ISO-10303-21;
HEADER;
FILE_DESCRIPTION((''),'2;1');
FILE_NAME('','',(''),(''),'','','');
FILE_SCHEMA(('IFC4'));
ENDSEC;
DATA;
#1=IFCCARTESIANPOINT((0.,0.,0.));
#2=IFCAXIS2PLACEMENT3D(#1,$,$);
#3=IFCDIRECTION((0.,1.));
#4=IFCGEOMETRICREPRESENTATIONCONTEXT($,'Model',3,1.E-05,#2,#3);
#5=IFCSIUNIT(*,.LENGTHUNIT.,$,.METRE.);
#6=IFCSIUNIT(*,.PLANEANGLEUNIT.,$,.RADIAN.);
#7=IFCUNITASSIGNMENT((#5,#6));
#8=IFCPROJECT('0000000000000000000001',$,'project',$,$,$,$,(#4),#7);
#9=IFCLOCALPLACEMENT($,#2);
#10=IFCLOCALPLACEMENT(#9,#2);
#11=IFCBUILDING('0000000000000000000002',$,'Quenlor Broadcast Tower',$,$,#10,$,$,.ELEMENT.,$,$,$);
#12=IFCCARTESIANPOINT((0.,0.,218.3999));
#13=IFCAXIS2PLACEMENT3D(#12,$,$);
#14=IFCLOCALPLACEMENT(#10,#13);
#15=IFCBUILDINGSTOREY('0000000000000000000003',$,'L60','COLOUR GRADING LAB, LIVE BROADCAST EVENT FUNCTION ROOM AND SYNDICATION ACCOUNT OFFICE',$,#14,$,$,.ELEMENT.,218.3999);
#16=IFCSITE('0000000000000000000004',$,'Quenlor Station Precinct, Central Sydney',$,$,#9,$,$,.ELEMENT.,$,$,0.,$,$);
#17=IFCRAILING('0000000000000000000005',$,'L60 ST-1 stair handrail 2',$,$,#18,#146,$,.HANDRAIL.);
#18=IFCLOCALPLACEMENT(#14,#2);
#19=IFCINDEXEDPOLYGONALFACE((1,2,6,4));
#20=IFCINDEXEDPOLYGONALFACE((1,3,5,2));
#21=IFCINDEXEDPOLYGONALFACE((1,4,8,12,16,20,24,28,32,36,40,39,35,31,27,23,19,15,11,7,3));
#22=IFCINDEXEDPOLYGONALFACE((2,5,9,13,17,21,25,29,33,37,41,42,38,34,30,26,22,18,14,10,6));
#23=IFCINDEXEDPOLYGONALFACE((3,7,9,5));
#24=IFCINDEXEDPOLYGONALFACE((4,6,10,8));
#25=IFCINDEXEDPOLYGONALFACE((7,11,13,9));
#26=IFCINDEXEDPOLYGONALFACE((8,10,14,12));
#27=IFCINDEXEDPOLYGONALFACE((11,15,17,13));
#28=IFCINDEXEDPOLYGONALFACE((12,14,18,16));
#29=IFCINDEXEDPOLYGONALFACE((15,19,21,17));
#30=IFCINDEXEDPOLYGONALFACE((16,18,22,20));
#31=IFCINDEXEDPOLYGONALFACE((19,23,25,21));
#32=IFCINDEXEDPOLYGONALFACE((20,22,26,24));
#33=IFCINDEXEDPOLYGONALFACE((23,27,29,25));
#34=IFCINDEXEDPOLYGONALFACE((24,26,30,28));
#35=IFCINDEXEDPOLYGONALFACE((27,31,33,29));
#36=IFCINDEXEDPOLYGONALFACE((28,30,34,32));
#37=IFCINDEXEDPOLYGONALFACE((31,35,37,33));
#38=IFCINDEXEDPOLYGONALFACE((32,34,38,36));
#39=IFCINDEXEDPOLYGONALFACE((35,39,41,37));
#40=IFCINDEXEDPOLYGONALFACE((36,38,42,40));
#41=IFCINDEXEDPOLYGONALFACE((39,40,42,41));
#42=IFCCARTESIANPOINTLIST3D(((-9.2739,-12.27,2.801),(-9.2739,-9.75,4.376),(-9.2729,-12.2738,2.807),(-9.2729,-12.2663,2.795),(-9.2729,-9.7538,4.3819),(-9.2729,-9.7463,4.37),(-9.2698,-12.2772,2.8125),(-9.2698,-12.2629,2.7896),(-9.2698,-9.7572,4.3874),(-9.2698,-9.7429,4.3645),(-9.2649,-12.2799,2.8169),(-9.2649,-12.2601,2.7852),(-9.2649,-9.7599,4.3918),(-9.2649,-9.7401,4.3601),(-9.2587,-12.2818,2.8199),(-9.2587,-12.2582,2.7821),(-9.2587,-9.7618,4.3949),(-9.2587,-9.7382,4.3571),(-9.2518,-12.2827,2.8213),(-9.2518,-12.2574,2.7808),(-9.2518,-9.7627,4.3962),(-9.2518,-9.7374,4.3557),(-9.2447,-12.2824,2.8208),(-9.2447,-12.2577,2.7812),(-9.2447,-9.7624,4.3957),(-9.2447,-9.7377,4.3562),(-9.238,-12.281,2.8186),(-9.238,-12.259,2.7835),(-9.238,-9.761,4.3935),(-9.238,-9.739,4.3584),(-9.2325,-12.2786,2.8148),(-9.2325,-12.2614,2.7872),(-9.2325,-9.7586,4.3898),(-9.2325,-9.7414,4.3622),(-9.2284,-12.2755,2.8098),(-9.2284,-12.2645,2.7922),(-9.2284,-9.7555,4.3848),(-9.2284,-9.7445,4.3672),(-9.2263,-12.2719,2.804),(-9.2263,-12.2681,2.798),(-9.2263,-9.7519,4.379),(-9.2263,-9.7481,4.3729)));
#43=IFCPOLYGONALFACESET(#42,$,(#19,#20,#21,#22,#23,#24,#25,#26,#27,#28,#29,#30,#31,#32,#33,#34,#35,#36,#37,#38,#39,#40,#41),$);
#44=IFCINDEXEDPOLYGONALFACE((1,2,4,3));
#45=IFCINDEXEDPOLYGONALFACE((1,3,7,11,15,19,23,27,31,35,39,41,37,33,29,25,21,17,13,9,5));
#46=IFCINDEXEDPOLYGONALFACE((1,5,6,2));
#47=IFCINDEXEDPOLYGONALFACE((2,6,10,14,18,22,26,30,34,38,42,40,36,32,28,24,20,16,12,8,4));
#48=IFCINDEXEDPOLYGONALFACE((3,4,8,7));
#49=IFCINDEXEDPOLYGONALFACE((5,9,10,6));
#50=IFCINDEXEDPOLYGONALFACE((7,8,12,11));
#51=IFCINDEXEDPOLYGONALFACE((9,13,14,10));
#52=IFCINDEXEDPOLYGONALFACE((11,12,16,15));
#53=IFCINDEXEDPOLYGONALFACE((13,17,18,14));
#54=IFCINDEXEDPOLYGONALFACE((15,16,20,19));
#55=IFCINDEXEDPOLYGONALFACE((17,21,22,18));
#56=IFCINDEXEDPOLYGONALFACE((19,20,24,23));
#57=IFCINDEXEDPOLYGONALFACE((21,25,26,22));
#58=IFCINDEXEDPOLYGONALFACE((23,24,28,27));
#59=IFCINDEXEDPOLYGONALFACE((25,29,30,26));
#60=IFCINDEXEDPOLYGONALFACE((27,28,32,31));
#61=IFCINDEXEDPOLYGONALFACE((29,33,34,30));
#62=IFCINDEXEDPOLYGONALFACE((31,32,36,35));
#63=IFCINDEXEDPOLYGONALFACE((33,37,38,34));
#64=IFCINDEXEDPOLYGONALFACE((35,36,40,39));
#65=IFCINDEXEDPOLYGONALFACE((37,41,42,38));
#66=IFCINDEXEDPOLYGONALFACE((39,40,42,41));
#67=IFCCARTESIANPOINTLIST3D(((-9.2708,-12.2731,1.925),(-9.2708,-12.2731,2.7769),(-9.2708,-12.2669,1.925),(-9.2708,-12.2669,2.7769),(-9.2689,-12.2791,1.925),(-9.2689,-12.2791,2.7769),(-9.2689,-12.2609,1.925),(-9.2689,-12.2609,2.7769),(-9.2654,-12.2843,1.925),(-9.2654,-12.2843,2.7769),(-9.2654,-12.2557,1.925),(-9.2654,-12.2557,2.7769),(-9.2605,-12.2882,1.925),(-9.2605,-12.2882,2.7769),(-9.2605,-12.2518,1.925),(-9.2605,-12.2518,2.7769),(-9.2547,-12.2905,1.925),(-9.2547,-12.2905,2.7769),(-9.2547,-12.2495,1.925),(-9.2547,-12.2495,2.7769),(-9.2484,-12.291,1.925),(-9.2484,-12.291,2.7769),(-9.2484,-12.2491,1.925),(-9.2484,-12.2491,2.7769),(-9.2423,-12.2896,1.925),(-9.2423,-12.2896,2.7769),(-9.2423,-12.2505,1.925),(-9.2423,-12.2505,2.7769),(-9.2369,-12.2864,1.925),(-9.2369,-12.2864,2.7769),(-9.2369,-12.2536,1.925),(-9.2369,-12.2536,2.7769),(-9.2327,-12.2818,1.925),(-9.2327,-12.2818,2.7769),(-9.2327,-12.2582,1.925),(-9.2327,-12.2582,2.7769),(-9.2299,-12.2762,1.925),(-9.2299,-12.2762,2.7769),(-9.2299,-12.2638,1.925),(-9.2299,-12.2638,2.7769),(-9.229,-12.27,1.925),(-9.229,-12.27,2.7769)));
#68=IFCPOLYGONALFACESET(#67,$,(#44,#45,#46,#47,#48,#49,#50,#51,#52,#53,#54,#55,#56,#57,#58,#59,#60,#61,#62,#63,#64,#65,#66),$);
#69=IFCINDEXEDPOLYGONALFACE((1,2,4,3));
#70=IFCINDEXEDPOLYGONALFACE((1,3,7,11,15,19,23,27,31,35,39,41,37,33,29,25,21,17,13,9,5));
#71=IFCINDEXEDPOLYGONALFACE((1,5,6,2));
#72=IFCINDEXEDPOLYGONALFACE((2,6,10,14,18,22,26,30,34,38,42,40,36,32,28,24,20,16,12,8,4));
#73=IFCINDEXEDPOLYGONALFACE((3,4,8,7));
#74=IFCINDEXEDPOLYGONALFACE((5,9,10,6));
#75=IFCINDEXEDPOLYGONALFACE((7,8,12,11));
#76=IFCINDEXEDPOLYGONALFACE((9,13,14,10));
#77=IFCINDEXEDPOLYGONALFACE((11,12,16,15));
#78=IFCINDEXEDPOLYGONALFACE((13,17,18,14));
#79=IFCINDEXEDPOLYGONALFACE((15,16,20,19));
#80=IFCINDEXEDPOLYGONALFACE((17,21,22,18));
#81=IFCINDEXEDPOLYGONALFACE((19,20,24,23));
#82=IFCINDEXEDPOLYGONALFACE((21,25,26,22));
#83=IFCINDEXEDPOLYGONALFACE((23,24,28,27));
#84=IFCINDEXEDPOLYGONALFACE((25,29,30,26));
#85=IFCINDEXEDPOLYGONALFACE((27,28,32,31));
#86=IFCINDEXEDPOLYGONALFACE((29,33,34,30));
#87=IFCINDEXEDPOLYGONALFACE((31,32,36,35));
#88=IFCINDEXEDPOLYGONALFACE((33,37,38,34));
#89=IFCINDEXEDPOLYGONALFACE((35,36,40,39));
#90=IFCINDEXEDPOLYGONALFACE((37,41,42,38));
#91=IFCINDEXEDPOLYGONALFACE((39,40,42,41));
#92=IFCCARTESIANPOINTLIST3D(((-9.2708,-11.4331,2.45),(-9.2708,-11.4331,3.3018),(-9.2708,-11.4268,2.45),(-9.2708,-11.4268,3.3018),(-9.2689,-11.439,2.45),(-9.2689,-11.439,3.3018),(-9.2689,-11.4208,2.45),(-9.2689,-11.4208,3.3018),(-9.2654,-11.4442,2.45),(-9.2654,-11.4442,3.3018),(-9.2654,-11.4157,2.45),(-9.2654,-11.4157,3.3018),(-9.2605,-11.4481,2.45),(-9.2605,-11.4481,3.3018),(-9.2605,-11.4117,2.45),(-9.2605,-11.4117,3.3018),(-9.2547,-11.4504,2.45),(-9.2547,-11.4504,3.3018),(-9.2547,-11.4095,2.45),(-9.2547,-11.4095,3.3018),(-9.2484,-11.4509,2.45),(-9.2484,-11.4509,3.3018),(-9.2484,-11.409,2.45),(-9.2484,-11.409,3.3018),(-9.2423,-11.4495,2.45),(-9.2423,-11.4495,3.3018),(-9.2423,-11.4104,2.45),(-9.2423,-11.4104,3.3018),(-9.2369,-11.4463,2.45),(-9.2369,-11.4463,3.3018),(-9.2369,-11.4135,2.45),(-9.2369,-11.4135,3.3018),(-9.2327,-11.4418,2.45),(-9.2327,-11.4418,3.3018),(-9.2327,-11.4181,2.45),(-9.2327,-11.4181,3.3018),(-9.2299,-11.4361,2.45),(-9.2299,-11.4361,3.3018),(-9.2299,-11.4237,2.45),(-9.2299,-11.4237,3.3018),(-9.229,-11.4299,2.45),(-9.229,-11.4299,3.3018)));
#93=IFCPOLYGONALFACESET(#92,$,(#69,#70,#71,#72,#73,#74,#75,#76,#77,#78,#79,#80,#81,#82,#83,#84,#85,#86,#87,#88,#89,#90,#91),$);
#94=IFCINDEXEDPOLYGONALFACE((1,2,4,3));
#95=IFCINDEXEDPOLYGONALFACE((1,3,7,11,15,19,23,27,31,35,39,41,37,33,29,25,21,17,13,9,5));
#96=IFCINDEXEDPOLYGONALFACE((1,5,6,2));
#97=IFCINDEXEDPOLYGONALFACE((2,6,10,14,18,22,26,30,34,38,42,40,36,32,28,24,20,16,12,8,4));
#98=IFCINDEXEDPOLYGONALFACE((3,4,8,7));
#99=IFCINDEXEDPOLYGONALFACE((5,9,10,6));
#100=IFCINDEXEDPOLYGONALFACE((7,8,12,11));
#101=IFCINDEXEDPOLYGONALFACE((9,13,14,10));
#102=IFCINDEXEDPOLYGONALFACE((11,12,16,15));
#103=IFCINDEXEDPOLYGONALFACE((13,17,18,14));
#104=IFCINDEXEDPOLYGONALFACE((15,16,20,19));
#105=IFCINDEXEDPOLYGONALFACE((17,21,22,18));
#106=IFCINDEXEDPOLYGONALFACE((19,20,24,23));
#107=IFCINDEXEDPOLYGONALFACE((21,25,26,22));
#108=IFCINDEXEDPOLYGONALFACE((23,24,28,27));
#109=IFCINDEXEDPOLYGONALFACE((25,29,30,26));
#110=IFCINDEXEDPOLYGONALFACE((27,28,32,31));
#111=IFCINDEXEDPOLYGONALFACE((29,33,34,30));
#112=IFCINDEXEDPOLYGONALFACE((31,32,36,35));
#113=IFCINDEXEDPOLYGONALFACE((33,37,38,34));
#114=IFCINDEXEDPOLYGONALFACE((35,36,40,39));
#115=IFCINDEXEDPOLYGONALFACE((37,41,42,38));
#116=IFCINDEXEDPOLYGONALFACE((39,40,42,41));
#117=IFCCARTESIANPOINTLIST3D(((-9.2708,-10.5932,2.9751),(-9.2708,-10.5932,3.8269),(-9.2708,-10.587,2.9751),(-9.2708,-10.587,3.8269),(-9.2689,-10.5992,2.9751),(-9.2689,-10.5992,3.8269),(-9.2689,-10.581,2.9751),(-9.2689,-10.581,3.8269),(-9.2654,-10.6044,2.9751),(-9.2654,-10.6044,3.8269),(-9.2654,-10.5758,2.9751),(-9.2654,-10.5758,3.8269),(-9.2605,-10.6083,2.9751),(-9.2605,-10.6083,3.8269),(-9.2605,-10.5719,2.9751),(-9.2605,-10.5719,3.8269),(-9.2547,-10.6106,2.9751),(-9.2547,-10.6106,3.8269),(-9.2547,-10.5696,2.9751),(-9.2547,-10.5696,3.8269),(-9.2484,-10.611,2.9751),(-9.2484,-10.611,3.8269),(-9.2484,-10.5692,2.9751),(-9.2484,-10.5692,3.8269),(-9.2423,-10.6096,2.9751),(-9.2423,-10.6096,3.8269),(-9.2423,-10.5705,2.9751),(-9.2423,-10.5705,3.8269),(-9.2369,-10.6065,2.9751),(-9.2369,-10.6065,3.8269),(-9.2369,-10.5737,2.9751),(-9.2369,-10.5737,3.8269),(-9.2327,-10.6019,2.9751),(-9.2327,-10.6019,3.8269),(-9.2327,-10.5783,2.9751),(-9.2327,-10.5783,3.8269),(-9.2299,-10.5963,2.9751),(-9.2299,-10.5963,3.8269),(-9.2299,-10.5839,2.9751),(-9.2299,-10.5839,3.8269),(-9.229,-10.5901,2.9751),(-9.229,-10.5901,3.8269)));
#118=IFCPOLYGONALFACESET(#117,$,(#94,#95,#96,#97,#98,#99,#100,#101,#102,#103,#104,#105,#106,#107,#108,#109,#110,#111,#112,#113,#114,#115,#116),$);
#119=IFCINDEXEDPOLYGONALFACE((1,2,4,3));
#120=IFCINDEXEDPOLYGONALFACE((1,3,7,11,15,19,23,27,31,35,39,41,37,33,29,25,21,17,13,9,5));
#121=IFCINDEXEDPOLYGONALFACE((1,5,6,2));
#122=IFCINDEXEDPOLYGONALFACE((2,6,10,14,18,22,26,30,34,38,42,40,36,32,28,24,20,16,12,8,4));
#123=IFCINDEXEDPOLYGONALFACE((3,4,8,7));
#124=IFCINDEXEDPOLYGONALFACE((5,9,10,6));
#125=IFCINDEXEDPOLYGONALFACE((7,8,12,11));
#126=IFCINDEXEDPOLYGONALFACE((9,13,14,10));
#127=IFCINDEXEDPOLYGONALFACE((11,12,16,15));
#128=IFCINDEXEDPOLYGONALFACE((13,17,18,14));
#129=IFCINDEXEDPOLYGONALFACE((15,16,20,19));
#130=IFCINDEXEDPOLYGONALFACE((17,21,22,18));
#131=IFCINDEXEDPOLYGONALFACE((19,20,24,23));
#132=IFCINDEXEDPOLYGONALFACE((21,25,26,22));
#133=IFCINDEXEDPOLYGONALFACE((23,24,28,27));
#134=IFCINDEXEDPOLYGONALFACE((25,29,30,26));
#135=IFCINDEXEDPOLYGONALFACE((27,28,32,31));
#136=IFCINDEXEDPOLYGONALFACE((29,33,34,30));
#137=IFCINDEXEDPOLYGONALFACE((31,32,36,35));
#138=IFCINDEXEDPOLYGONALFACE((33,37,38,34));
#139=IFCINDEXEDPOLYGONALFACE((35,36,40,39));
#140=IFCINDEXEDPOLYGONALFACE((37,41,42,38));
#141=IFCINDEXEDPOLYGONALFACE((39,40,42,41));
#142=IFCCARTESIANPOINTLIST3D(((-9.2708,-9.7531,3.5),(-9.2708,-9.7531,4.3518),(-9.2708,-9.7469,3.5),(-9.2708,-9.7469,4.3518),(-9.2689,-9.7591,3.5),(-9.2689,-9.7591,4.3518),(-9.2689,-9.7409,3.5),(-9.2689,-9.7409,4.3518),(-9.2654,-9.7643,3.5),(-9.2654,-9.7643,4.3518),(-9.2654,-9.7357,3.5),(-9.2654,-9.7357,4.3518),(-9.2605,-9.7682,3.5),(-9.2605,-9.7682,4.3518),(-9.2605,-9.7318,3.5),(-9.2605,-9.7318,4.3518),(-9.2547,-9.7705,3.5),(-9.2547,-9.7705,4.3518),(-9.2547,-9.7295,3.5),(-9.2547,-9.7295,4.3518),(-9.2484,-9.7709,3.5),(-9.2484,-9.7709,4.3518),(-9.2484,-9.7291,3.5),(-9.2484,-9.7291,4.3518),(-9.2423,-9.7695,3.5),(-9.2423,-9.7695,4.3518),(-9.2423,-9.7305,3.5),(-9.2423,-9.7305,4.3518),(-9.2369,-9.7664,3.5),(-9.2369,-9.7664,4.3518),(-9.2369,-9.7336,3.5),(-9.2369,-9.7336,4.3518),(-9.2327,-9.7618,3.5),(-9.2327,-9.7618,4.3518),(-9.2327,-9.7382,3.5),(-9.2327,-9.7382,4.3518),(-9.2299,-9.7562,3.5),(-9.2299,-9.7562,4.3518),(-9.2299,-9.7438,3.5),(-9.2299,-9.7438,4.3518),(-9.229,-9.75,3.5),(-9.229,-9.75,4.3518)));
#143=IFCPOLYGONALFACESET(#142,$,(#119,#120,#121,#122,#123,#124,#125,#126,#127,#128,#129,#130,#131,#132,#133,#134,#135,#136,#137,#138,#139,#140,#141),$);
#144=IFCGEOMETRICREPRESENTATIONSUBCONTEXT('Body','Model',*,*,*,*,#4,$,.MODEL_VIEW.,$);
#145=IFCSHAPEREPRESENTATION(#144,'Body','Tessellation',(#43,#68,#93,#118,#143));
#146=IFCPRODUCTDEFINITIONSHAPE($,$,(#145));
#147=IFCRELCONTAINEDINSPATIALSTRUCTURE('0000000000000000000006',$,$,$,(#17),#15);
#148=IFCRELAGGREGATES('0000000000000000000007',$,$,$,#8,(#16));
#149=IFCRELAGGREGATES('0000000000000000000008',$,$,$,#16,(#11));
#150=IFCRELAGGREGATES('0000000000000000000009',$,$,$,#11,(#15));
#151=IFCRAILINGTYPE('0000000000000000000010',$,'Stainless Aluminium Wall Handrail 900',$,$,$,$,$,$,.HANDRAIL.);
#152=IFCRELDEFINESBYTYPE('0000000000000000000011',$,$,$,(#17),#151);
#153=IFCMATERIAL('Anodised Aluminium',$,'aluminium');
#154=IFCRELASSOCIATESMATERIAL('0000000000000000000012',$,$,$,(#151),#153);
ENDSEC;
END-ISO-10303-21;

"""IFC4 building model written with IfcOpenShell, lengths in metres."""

from ifc_helpers import new_model, si_unit, direction, frame, origin, origin_2d, place, context, subcontext, project, spatial, circle, extrude, material, type_object, element, save


model = new_model("IFC4")

# Units and contexts
model_context = context("Model", 3, precision=1e-05, world=origin(), true_north=direction((0.0, 1.0)))
body_context = subcontext(model_context, "Body", "Model", "MODEL_VIEW")
ifc_project = project(units=[si_unit("LENGTHUNIT", "METRE"), si_unit("PLANEANGLEUNIT", "RADIAN")], contexts=[model_context])

# Site, building, storey
site_placement = place(None, origin())
site = spatial("IfcSite", under=ifc_project, at=site_placement, Name="Quenlor Station Precinct, Central Sydney", CompositionType="ELEMENT", RefElevation=0.0)
building_placement = place(site_placement, origin())
building = spatial("IfcBuilding", under=site, at=building_placement, Name="Quenlor Broadcast Tower", CompositionType="ELEMENT")
storey_placement = place(building_placement, frame((0.0, 0.0, 218.3999)))
storey = spatial("IfcBuildingStorey", under=building, at=storey_placement, Name="L60", Description="COLOUR GRADING LAB, LIVE BROADCAST EVENT FUNCTION ROOM AND SYNDICATION ACCOUNT OFFICE", CompositionType="ELEMENT", Elevation=218.3999)

# Railing
ifc_material_1 = material(Name="Anodised Aluminium", Category="aluminium")
railing_type_1 = type_object("IfcRailingType", Name="Stainless Aluminium Wall Handrail 900", PredefinedType="HANDRAIL", material=ifc_material_1)
railing_1_placement = place(storey_placement, frame((-9.25, -12.27, 1.925)))
element("IfcRailing", 1, at=railing_1_placement, inside=storey, type_object=railing_type_1, Name="L60 ST-1 stair handrail 2", PredefinedType="HANDRAIL", context=body_context, shape_type="SweptSolid", body=[
    extrude(circle(Radius=0.0239, at=origin_2d()), frame((0.0, 0.0, 0.876), z_axis=(0.0, 0.848008, 0.529984), x_axis=(-1.0, 0.0, 0.0)), (0.0, 0.0, 1.0), 2.9717),
    extrude(circle(Radius=0.021, at=origin_2d()), origin(), (0.0, 0.0, 1.0), 0.8518),
    extrude(circle(Radius=0.021, at=origin_2d()), frame((0.0, 0.8401, 0.5249)), (0.0, 0.0, 1.0), 0.8518),
    extrude(circle(Radius=0.021, at=origin_2d()), frame((0.0, 1.6799, 1.05)), (0.0, 0.0, 1.0), 0.8518),
    extrude(circle(Radius=0.021, at=origin_2d()), frame((0.0, 2.52, 1.575)), (0.0, 0.0, 1.0), 0.8518),
])

save(model, "model.ifc")
